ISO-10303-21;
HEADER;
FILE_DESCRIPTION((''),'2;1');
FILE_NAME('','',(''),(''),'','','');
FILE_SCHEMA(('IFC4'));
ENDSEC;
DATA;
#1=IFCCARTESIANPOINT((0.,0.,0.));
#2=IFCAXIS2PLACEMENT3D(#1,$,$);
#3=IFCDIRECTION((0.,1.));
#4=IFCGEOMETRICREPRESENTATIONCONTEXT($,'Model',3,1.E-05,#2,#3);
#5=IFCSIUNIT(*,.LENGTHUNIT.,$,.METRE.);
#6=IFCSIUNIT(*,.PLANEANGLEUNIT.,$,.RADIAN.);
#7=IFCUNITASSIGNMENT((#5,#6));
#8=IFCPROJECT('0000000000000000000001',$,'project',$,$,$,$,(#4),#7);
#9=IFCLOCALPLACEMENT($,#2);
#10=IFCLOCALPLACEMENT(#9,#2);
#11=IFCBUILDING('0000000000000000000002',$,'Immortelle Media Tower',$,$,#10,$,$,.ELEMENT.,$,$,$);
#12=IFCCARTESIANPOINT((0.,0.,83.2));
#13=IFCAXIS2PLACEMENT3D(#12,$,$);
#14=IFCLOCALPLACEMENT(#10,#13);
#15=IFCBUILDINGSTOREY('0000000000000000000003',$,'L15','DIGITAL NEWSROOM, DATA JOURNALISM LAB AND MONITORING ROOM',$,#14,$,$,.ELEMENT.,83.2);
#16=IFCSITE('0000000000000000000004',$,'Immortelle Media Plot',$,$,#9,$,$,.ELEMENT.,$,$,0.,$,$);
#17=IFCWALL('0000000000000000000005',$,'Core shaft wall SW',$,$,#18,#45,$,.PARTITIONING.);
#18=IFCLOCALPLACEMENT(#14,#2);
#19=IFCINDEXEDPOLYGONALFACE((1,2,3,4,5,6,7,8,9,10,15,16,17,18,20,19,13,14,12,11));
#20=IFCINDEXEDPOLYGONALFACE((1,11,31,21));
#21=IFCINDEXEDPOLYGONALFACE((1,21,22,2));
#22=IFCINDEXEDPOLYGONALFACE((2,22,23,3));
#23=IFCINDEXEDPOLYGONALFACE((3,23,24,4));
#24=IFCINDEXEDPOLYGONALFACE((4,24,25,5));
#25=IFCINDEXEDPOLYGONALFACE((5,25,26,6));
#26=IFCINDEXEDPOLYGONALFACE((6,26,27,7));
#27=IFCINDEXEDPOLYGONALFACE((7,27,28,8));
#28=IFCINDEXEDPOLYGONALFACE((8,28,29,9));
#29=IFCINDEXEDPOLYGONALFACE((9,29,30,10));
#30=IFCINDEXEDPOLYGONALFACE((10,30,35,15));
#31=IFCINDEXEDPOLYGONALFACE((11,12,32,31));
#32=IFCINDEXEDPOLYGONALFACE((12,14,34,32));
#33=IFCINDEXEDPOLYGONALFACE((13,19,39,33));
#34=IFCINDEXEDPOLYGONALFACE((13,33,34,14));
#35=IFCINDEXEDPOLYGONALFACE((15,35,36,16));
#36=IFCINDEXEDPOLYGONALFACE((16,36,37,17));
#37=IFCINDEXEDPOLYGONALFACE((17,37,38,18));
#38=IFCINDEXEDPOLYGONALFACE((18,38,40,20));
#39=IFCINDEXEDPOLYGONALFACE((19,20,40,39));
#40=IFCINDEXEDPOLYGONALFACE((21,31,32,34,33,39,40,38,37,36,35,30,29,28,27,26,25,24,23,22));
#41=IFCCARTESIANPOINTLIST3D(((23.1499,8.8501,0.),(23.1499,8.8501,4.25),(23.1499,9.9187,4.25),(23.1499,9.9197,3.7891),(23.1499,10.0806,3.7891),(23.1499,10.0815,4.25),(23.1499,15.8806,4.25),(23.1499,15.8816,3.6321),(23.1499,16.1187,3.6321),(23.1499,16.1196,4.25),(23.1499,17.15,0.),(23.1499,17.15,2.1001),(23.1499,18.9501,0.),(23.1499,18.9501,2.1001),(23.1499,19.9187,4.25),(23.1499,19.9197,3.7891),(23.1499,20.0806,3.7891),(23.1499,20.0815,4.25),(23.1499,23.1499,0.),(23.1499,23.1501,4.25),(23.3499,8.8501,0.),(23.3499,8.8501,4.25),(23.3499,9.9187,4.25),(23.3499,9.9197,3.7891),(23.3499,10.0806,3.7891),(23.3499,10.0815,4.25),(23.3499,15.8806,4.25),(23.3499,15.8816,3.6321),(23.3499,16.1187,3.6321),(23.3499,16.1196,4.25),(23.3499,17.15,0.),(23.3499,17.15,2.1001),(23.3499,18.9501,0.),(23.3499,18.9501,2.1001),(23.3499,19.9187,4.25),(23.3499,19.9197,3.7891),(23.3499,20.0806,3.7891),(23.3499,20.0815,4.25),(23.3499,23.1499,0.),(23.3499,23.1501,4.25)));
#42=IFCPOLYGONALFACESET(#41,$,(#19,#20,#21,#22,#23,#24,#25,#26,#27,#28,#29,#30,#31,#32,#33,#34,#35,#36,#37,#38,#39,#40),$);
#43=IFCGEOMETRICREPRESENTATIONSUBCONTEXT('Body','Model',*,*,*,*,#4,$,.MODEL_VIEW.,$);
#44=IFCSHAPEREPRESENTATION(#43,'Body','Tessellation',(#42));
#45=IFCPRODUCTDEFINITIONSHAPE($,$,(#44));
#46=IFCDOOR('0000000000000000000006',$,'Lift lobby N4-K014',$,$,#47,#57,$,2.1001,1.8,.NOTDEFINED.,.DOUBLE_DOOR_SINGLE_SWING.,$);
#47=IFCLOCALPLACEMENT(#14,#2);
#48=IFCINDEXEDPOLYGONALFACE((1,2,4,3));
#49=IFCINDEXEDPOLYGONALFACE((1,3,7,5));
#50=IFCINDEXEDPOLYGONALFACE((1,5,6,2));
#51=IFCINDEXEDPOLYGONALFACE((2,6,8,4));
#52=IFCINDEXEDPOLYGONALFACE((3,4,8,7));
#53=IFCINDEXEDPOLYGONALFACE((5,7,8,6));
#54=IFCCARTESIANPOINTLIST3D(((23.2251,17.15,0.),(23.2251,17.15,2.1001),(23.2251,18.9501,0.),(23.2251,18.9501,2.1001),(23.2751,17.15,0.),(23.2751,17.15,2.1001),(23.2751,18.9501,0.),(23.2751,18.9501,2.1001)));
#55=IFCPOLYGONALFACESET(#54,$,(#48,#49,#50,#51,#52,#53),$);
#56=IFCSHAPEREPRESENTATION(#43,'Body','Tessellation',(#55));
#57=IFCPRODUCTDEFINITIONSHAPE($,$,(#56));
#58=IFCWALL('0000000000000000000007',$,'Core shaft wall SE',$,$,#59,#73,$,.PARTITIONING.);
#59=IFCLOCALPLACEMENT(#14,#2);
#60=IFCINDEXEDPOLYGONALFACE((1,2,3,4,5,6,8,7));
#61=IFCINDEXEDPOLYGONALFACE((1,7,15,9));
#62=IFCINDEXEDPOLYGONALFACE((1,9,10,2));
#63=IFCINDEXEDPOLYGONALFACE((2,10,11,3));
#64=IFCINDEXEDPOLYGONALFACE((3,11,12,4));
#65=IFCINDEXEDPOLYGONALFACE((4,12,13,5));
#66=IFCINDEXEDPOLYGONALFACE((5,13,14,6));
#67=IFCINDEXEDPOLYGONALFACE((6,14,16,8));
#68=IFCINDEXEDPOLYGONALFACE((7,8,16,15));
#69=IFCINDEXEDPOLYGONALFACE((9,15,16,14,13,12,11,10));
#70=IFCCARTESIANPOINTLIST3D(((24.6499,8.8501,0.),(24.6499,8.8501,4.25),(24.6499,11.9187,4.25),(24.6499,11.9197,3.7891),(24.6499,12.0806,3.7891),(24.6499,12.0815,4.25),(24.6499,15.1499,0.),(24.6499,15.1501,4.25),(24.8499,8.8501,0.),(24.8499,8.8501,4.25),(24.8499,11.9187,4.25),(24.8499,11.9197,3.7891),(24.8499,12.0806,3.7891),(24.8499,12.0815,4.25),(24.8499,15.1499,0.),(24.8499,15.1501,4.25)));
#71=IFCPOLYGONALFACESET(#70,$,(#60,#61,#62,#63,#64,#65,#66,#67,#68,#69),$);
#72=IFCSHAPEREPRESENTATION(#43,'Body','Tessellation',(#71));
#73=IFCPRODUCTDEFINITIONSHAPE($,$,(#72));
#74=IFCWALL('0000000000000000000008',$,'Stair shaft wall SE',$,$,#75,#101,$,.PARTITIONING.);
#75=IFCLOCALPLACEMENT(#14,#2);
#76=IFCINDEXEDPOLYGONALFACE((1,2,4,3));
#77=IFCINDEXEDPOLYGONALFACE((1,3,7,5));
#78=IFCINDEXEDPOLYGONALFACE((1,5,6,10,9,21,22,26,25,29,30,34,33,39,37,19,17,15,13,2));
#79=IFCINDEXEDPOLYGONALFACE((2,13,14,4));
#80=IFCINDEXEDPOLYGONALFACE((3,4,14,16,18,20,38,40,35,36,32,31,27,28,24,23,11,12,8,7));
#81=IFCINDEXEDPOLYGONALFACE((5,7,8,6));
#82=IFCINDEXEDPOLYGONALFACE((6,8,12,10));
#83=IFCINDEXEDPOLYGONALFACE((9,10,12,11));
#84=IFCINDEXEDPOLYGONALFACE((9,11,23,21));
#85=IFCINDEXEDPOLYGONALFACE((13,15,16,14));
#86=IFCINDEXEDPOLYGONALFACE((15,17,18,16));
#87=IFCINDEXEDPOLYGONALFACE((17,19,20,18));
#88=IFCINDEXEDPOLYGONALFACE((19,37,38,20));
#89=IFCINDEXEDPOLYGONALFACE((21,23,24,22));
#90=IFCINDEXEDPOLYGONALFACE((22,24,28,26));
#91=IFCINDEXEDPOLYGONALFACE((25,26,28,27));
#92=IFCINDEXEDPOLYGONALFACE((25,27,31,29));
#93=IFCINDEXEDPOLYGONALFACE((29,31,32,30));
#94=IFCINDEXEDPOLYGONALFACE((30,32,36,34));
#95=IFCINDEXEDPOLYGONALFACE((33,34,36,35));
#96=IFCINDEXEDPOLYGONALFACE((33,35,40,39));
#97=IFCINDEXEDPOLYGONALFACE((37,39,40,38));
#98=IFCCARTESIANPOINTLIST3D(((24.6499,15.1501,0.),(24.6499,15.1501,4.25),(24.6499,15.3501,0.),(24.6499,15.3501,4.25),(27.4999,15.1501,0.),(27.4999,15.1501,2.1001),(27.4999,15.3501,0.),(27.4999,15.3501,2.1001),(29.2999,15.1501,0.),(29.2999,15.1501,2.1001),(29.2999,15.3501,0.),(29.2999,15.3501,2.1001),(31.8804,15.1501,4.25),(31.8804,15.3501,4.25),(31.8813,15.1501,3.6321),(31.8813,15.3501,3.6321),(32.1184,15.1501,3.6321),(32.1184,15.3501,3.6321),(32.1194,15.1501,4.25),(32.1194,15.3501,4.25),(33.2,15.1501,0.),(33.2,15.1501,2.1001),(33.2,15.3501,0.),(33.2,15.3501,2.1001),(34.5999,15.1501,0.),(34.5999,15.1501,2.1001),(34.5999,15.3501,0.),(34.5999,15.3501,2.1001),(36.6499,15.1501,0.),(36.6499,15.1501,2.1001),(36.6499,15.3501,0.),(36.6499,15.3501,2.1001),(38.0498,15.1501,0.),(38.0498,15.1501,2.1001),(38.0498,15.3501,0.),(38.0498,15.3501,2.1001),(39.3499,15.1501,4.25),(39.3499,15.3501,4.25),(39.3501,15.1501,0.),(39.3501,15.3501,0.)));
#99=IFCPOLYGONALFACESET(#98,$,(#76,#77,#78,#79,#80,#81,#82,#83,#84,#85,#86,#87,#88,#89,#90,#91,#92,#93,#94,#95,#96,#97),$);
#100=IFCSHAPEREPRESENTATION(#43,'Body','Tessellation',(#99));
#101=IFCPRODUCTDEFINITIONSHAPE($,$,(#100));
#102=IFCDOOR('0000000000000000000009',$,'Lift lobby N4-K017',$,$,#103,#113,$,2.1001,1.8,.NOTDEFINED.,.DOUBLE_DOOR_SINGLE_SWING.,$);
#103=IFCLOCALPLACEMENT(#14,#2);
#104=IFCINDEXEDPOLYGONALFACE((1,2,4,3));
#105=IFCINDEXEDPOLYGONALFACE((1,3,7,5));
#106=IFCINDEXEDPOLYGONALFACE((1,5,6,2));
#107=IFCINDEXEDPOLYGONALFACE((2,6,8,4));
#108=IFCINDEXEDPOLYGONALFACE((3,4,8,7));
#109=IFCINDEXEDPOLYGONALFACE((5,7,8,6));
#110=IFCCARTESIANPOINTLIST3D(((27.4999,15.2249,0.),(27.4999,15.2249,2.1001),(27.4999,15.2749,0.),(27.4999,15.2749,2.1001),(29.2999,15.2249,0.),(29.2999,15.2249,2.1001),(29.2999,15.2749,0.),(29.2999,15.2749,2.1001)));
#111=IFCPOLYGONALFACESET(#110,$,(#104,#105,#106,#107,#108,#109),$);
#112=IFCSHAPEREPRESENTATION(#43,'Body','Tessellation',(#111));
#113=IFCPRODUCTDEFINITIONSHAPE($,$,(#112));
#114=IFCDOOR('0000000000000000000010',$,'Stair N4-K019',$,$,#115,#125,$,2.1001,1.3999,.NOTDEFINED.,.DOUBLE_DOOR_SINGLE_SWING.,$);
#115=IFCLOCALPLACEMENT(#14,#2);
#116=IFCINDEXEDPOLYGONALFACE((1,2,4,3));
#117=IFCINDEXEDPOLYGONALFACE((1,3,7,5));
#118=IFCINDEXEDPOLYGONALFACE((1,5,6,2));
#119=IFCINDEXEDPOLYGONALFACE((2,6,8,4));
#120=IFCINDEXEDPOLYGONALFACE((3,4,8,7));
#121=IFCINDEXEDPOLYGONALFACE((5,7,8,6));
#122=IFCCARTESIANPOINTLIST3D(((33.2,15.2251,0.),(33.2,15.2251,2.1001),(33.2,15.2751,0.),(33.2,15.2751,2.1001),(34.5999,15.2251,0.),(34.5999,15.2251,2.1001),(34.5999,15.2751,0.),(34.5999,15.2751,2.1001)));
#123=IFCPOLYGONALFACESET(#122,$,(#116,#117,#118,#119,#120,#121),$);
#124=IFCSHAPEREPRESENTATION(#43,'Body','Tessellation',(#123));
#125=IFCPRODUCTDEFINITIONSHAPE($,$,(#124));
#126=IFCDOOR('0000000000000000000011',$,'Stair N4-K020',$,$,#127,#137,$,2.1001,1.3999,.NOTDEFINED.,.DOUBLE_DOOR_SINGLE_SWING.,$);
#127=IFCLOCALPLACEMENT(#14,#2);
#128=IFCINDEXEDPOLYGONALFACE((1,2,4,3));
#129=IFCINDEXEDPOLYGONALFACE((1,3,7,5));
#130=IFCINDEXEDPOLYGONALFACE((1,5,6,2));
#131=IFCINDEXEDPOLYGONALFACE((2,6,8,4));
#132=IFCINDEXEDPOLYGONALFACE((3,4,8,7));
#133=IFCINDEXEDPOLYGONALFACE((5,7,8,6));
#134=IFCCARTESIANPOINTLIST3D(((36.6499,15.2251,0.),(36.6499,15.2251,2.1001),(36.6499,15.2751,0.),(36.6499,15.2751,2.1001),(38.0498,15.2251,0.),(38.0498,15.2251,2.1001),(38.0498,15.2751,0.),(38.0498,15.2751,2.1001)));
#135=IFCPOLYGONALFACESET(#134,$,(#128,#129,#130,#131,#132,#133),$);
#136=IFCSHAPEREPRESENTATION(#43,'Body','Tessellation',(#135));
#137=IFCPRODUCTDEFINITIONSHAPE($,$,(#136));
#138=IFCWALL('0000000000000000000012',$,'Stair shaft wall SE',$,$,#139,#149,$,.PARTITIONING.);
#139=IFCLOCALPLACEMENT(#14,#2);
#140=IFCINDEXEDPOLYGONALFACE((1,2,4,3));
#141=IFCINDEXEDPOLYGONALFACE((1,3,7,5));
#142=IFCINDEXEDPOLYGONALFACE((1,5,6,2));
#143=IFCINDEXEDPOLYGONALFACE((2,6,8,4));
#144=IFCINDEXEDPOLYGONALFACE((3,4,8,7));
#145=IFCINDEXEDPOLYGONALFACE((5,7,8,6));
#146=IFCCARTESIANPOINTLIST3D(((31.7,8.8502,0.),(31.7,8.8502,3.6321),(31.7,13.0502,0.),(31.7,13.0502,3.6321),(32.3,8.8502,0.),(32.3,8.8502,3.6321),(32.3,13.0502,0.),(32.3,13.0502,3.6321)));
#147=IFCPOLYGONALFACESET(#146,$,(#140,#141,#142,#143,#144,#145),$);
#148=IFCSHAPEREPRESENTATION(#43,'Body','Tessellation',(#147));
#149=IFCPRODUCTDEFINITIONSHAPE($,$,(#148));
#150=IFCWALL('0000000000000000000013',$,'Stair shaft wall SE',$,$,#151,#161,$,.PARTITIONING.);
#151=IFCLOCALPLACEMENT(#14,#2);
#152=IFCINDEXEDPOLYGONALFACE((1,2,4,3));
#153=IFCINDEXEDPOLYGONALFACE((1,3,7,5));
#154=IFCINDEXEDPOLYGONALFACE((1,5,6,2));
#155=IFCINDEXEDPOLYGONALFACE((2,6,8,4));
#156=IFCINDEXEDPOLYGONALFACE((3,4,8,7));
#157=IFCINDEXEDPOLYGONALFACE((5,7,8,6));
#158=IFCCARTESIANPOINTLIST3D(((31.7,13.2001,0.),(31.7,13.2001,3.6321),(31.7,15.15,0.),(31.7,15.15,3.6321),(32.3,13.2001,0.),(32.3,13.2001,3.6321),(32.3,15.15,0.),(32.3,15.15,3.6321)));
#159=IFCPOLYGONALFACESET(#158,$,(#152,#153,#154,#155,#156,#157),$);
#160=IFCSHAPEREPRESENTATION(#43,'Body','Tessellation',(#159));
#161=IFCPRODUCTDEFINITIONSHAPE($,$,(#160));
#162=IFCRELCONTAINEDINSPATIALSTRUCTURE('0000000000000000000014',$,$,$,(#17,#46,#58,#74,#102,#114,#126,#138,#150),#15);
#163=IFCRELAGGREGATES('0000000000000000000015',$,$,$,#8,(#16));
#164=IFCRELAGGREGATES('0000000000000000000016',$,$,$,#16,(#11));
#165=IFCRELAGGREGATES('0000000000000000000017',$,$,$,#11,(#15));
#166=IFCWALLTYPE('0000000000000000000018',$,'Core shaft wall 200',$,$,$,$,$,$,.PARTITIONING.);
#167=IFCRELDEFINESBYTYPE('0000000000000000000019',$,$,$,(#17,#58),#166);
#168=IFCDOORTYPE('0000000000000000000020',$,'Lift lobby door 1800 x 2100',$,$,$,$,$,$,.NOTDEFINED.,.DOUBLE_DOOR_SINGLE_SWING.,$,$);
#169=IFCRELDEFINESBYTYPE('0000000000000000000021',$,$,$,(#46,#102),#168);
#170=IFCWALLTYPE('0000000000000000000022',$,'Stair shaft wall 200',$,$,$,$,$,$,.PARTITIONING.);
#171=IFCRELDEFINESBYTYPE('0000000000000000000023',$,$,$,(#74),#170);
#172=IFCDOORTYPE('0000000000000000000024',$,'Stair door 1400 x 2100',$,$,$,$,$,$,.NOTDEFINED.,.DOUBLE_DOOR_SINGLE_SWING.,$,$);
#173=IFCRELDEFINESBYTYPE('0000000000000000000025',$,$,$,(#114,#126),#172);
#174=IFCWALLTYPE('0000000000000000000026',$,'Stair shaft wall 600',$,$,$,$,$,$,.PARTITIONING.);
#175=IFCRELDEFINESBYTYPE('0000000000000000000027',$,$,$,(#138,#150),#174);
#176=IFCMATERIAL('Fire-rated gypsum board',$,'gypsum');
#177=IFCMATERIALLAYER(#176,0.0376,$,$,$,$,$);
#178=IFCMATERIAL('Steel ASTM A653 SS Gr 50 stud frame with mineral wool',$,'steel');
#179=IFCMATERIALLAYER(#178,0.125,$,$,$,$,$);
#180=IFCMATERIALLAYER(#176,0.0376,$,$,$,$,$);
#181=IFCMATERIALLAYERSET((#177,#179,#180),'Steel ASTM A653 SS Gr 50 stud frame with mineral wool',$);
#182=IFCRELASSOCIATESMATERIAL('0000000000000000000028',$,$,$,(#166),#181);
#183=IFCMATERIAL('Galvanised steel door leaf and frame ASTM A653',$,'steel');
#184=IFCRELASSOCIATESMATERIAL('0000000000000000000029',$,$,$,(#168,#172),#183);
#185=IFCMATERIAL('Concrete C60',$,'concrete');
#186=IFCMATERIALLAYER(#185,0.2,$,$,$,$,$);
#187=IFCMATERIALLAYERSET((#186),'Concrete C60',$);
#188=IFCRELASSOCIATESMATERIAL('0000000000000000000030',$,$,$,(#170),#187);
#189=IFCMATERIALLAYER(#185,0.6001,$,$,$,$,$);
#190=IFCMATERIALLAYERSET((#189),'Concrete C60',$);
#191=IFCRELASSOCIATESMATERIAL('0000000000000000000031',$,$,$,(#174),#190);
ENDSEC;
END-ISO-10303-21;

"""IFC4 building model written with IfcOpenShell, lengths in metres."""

from ifc_helpers import new_model, si_unit, direction, frame, frame_2d, origin, place, context, subcontext, project, spatial, polyline, rectangle, outline, extrude, material, layer, layer_set, type_object, element, fill, save


model = new_model("IFC4")

# Units and contexts
model_context = context("Model", 3, precision=1e-05, world=origin(), true_north=direction((0.0, 1.0)))
body_context = subcontext(model_context, "Body", "Model", "MODEL_VIEW")
ifc_project = project(units=[si_unit("LENGTHUNIT", "METRE"), si_unit("PLANEANGLEUNIT", "RADIAN")], contexts=[model_context])

# Site, building, storey
site_placement = place(None, origin())
site = spatial("IfcSite", under=ifc_project, at=site_placement, Name="Immortelle Media Plot", CompositionType="ELEMENT", RefElevation=0.0)
building_placement = place(site_placement, origin())
building = spatial("IfcBuilding", under=site, at=building_placement, Name="Immortelle Media Tower", CompositionType="ELEMENT")
storey_placement = place(building_placement, frame((0.0, 0.0, 83.2)))
storey = spatial("IfcBuildingStorey", under=building, at=storey_placement, Name="L15", Description="DIGITAL NEWSROOM, DATA JOURNALISM LAB AND MONITORING ROOM", CompositionType="ELEMENT", Elevation=83.2)

# Shared definitions
ifc_material_1 = material(Name="Fire-rated gypsum board", Category="gypsum")
ifc_material_2 = material(Name="Steel ASTM A653 SS Gr 50 stud frame with mineral wool", Category="steel")
ifc_material_3 = material(Name="Galvanised steel door leaf and frame ASTM A653", Category="steel")

# Shared definitions
ifc_layer_1 = layer(ifc_material_1, 0.0376)
ifc_layer_2 = layer(ifc_material_2, 0.125)
ifc_layer_3 = layer(ifc_material_1, 0.0376)
ifc_layer_set_1 = layer_set([ifc_layer_1, ifc_layer_2, ifc_layer_3], Name="Steel ASTM A653 SS Gr 50 stud frame with mineral wool")
wall_type_1 = type_object("IfcWallType", Name="Core shaft wall 200", PredefinedType="PARTITIONING", material=ifc_layer_set_1)

# Wall, opening, door
wall_1_placement = place(storey_placement, frame((23.25, 8.8501, 0.0), z_axis=(0.0, 0.0, 1.0), x_axis=(0.0, 1.0, 0.0)))
wall_1 = element("IfcWall", 1, at=wall_1_placement, inside=storey, type_object=wall_type_1, Name="Core shaft wall SW", PredefinedType="PARTITIONING", context=body_context, shape_type="SweptSolid", body=[
    extrude(outline(polyline([(0.0, 0.0), (14.2998, 0.0), (14.3, 4.25), (11.2314, 4.25), (11.2305, 3.7891), (11.0696, 3.7891), (11.0686, 4.25), (7.2695, 4.25), (7.2686, 3.6321), (7.0315, 3.6321), (7.0305, 4.25), (1.2314, 4.25), (1.2305, 3.7891), (1.0696, 3.7891), (1.0686, 4.25), (0.0, 4.25), (0.0, 0.0)])), frame((0.0, 0.1001, 0.0), z_axis=(0.0, -1.0, 0.0), x_axis=(1.0, 0.0, 0.0)), (0.0, 0.0, 1.0), 0.2),
])
opening_1_placement = place(wall_1_placement, frame((8.3, 0.0, 0.0)))
opening_1 = element("IfcOpeningElement", 2, at=opening_1_placement, cuts=wall_1, PredefinedType="OPENING", context=body_context, shape_type="SweptSolid", body=[
    extrude(rectangle(XDim=1.8, YDim=2.1001, at=frame_2d((0.8999, 1.05))), frame((0.0, 0.1099, 0.0), z_axis=(0.0, -1.0, 0.0), x_axis=(1.0, 0.0, 0.0)), (0.0, 0.0, 1.0), 0.22),
])
door_type_1 = type_object("IfcDoorType", Name="Lift lobby door 1800 x 2100", OperationType="DOUBLE_DOOR_SINGLE_SWING", PredefinedType="NOTDEFINED", material=ifc_material_3)
door_1_placement = place(opening_1_placement, origin())
door_1 = element("IfcDoor", 3, at=door_1_placement, inside=storey, type_object=door_type_1, Name="Lift lobby N4-K014", OperationType="DOUBLE_DOOR_SINGLE_SWING", OverallHeight=2.1001, OverallWidth=1.8, PredefinedType="NOTDEFINED", context=body_context, shape_type="SweptSolid", body=[
    extrude(rectangle(XDim=1.8, YDim=2.1001, at=frame_2d((0.8999, 1.05))), frame((0.0, 0.0249, 0.0), z_axis=(0.0, -1.0, 0.0), x_axis=(1.0, 0.0, 0.0)), (0.0, 0.0, 1.0), 0.05),
])
fill(opening_1, door_1)

# Wall
wall_2_placement = place(storey_placement, frame((24.75, 8.8501, 0.0), z_axis=(0.0, 0.0, 1.0), x_axis=(0.0, 1.0, 0.0)))
element("IfcWall", 4, at=wall_2_placement, inside=storey, type_object=wall_type_1, Name="Core shaft wall SE", PredefinedType="PARTITIONING", context=body_context, shape_type="SweptSolid", body=[
    extrude(outline(polyline([(0.0, 0.0), (6.2998, 0.0), (6.3, 4.25), (3.2314, 4.25), (3.2305, 3.7891), (3.0696, 3.7891), (3.0686, 4.25), (0.0, 4.25), (0.0, 0.0)])), frame((0.0, 0.1001, 0.0), z_axis=(0.0, -1.0, 0.0), x_axis=(1.0, 0.0, 0.0)), (0.0, 0.0, 1.0), 0.2),
])

# Wall, openings, doors
ifc_material_4 = material(Name="Concrete C60", Category="concrete")
ifc_layer_4 = layer(ifc_material_4, 0.2)
ifc_layer_set_2 = layer_set([ifc_layer_4], Name="Concrete C60")
wall_type_2 = type_object("IfcWallType", Name="Stair shaft wall 200", PredefinedType="PARTITIONING", material=ifc_layer_set_2)
wall_3_placement = place(storey_placement, frame((24.6499, 15.25, 0.0), z_axis=(0.0, 0.0, 1.0), x_axis=(1.0, 0.0, 0.0)))
wall_3 = element("IfcWall", 5, at=wall_3_placement, inside=storey, type_object=wall_type_2, Name="Stair shaft wall SE", PredefinedType="PARTITIONING", context=body_context, shape_type="SweptSolid", body=[
    extrude(outline(polyline([(0.0, 0.0), (14.7002, 0.0), (14.7, 4.25), (7.4695, 4.25), (7.4685, 3.6321), (7.2314, 3.6321), (7.2305, 4.25), (0.0, 4.25), (0.0, 0.0)])), frame((0.0, 0.1001, 0.0), z_axis=(0.0, -1.0, 0.0), x_axis=(1.0, 0.0, 0.0)), (0.0, 0.0, 1.0), 0.2),
])
opening_2_placement = place(wall_3_placement, frame((2.8501, 0.0, 0.0)))
opening_2 = element("IfcOpeningElement", 6, at=opening_2_placement, cuts=wall_3, PredefinedType="OPENING", context=body_context, shape_type="SweptSolid", body=[
    extrude(rectangle(XDim=1.8, YDim=2.1001, at=frame_2d((0.8999, 1.05))), frame((0.0, 0.1099, 0.0), z_axis=(0.0, -1.0, 0.0), x_axis=(1.0, 0.0, 0.0)), (0.0, 0.0, 1.0), 0.22),
])
opening_3_placement = place(wall_3_placement, frame((9.95, 0.0, 0.0), z_axis=(0.0, 0.0, 1.0), x_axis=(-1.0, 0.0, 0.0)))
opening_3 = element("IfcOpeningElement", 7, at=opening_3_placement, cuts=wall_3, PredefinedType="OPENING", context=body_context, shape_type="SweptSolid", body=[
    extrude(rectangle(XDim=1.3999, YDim=2.1001, at=frame_2d((0.7, 1.05))), frame((0.0, 0.1099, 0.0), z_axis=(0.0, -1.0, 0.0), x_axis=(1.0, 0.0, 0.0)), (0.0, 0.0, 1.0), 0.22),
])
opening_4_placement = place(wall_3_placement, frame((13.3999, 0.0, 0.0), z_axis=(0.0, 0.0, 1.0), x_axis=(-1.0, 0.0, 0.0)))
opening_4 = element("IfcOpeningElement", 8, at=opening_4_placement, cuts=wall_3, PredefinedType="OPENING", context=body_context, shape_type="SweptSolid", body=[
    extrude(rectangle(XDim=1.3999, YDim=2.1001, at=frame_2d((0.7, 1.05))), frame((0.0, 0.1099, 0.0), z_axis=(0.0, -1.0, 0.0), x_axis=(1.0, 0.0, 0.0)), (0.0, 0.0, 1.0), 0.22),
])
door_2_placement = place(opening_2_placement, origin())
door_2 = element("IfcDoor", 9, at=door_2_placement, inside=storey, type_object=door_type_1, Name="Lift lobby N4-K017", OperationType="DOUBLE_DOOR_SINGLE_SWING", OverallHeight=2.1001, OverallWidth=1.8, PredefinedType="NOTDEFINED", context=body_context, shape_type="SweptSolid", body=[
    extrude(rectangle(XDim=1.8, YDim=2.1001, at=frame_2d((0.8999, 1.05))), frame((0.0, 0.0249, 0.0), z_axis=(0.0, -1.0, 0.0), x_axis=(1.0, 0.0, 0.0)), (0.0, 0.0, 1.0), 0.05),
])
fill(opening_2, door_2)
door_type_2 = type_object("IfcDoorType", Name="Stair door 1400 x 2100", OperationType="DOUBLE_DOOR_SINGLE_SWING", PredefinedType="NOTDEFINED", material=ifc_material_3)
door_3_placement = place(opening_3_placement, origin())
door_3 = element("IfcDoor", 10, at=door_3_placement, inside=storey, type_object=door_type_2, Name="Stair N4-K019", OperationType="DOUBLE_DOOR_SINGLE_SWING", OverallHeight=2.1001, OverallWidth=1.3999, PredefinedType="NOTDEFINED", context=body_context, shape_type="SweptSolid", body=[
    extrude(rectangle(XDim=1.3999, YDim=2.1001, at=frame_2d((0.7, 1.05))), frame((0.0, 0.0249, 0.0), z_axis=(0.0, -1.0, 0.0), x_axis=(1.0, 0.0, 0.0)), (0.0, 0.0, 1.0), 0.05),
])
fill(opening_3, door_3)
door_4_placement = place(opening_4_placement, origin())
door_4 = element("IfcDoor", 11, at=door_4_placement, inside=storey, type_object=door_type_2, Name="Stair N4-K020", OperationType="DOUBLE_DOOR_SINGLE_SWING", OverallHeight=2.1001, OverallWidth=1.3999, PredefinedType="NOTDEFINED", context=body_context, shape_type="SweptSolid", body=[
    extrude(rectangle(XDim=1.3999, YDim=2.1001, at=frame_2d((0.7, 1.05))), frame((0.0, 0.0249, 0.0), z_axis=(0.0, -1.0, 0.0), x_axis=(1.0, 0.0, 0.0)), (0.0, 0.0, 1.0), 0.05),
])
fill(opening_4, door_4)

# Walls
ifc_layer_5 = layer(ifc_material_4, 0.6001)
ifc_layer_set_3 = layer_set([ifc_layer_5], Name="Concrete C60")
wall_type_3 = type_object("IfcWallType", Name="Stair shaft wall 600", PredefinedType="PARTITIONING", material=ifc_layer_set_3)
wall_4_placement = place(storey_placement, frame((32.0, 8.8501, 0.0), z_axis=(0.0, 0.0, 1.0), x_axis=(0.0, 1.0, 0.0)))
element("IfcWall", 12, at=wall_4_placement, inside=storey, type_object=wall_type_3, Name="Stair shaft wall SE", PredefinedType="PARTITIONING", context=body_context, shape_type="SweptSolid", body=[
    extrude(rectangle(XDim=4.2, YDim=0.6001, at=frame_2d((2.1001, 0.0))), origin(), (0.0, 0.0, 1.0), 3.6321),
])
wall_5_placement = place(storey_placement, frame((32.0, 13.2, 0.0), z_axis=(0.0, 0.0, 1.0), x_axis=(0.0, 1.0, 0.0)))
element("IfcWall", 13, at=wall_5_placement, inside=storey, type_object=wall_type_3, Name="Stair shaft wall SE", PredefinedType="PARTITIONING", context=body_context, shape_type="SweptSolid", body=[
    extrude(rectangle(XDim=1.95, YDim=0.6001, at=frame_2d((0.9751, 0.0))), origin(), (0.0, 0.0, 1.0), 3.6321),
])

save(model, "model.ifc")
